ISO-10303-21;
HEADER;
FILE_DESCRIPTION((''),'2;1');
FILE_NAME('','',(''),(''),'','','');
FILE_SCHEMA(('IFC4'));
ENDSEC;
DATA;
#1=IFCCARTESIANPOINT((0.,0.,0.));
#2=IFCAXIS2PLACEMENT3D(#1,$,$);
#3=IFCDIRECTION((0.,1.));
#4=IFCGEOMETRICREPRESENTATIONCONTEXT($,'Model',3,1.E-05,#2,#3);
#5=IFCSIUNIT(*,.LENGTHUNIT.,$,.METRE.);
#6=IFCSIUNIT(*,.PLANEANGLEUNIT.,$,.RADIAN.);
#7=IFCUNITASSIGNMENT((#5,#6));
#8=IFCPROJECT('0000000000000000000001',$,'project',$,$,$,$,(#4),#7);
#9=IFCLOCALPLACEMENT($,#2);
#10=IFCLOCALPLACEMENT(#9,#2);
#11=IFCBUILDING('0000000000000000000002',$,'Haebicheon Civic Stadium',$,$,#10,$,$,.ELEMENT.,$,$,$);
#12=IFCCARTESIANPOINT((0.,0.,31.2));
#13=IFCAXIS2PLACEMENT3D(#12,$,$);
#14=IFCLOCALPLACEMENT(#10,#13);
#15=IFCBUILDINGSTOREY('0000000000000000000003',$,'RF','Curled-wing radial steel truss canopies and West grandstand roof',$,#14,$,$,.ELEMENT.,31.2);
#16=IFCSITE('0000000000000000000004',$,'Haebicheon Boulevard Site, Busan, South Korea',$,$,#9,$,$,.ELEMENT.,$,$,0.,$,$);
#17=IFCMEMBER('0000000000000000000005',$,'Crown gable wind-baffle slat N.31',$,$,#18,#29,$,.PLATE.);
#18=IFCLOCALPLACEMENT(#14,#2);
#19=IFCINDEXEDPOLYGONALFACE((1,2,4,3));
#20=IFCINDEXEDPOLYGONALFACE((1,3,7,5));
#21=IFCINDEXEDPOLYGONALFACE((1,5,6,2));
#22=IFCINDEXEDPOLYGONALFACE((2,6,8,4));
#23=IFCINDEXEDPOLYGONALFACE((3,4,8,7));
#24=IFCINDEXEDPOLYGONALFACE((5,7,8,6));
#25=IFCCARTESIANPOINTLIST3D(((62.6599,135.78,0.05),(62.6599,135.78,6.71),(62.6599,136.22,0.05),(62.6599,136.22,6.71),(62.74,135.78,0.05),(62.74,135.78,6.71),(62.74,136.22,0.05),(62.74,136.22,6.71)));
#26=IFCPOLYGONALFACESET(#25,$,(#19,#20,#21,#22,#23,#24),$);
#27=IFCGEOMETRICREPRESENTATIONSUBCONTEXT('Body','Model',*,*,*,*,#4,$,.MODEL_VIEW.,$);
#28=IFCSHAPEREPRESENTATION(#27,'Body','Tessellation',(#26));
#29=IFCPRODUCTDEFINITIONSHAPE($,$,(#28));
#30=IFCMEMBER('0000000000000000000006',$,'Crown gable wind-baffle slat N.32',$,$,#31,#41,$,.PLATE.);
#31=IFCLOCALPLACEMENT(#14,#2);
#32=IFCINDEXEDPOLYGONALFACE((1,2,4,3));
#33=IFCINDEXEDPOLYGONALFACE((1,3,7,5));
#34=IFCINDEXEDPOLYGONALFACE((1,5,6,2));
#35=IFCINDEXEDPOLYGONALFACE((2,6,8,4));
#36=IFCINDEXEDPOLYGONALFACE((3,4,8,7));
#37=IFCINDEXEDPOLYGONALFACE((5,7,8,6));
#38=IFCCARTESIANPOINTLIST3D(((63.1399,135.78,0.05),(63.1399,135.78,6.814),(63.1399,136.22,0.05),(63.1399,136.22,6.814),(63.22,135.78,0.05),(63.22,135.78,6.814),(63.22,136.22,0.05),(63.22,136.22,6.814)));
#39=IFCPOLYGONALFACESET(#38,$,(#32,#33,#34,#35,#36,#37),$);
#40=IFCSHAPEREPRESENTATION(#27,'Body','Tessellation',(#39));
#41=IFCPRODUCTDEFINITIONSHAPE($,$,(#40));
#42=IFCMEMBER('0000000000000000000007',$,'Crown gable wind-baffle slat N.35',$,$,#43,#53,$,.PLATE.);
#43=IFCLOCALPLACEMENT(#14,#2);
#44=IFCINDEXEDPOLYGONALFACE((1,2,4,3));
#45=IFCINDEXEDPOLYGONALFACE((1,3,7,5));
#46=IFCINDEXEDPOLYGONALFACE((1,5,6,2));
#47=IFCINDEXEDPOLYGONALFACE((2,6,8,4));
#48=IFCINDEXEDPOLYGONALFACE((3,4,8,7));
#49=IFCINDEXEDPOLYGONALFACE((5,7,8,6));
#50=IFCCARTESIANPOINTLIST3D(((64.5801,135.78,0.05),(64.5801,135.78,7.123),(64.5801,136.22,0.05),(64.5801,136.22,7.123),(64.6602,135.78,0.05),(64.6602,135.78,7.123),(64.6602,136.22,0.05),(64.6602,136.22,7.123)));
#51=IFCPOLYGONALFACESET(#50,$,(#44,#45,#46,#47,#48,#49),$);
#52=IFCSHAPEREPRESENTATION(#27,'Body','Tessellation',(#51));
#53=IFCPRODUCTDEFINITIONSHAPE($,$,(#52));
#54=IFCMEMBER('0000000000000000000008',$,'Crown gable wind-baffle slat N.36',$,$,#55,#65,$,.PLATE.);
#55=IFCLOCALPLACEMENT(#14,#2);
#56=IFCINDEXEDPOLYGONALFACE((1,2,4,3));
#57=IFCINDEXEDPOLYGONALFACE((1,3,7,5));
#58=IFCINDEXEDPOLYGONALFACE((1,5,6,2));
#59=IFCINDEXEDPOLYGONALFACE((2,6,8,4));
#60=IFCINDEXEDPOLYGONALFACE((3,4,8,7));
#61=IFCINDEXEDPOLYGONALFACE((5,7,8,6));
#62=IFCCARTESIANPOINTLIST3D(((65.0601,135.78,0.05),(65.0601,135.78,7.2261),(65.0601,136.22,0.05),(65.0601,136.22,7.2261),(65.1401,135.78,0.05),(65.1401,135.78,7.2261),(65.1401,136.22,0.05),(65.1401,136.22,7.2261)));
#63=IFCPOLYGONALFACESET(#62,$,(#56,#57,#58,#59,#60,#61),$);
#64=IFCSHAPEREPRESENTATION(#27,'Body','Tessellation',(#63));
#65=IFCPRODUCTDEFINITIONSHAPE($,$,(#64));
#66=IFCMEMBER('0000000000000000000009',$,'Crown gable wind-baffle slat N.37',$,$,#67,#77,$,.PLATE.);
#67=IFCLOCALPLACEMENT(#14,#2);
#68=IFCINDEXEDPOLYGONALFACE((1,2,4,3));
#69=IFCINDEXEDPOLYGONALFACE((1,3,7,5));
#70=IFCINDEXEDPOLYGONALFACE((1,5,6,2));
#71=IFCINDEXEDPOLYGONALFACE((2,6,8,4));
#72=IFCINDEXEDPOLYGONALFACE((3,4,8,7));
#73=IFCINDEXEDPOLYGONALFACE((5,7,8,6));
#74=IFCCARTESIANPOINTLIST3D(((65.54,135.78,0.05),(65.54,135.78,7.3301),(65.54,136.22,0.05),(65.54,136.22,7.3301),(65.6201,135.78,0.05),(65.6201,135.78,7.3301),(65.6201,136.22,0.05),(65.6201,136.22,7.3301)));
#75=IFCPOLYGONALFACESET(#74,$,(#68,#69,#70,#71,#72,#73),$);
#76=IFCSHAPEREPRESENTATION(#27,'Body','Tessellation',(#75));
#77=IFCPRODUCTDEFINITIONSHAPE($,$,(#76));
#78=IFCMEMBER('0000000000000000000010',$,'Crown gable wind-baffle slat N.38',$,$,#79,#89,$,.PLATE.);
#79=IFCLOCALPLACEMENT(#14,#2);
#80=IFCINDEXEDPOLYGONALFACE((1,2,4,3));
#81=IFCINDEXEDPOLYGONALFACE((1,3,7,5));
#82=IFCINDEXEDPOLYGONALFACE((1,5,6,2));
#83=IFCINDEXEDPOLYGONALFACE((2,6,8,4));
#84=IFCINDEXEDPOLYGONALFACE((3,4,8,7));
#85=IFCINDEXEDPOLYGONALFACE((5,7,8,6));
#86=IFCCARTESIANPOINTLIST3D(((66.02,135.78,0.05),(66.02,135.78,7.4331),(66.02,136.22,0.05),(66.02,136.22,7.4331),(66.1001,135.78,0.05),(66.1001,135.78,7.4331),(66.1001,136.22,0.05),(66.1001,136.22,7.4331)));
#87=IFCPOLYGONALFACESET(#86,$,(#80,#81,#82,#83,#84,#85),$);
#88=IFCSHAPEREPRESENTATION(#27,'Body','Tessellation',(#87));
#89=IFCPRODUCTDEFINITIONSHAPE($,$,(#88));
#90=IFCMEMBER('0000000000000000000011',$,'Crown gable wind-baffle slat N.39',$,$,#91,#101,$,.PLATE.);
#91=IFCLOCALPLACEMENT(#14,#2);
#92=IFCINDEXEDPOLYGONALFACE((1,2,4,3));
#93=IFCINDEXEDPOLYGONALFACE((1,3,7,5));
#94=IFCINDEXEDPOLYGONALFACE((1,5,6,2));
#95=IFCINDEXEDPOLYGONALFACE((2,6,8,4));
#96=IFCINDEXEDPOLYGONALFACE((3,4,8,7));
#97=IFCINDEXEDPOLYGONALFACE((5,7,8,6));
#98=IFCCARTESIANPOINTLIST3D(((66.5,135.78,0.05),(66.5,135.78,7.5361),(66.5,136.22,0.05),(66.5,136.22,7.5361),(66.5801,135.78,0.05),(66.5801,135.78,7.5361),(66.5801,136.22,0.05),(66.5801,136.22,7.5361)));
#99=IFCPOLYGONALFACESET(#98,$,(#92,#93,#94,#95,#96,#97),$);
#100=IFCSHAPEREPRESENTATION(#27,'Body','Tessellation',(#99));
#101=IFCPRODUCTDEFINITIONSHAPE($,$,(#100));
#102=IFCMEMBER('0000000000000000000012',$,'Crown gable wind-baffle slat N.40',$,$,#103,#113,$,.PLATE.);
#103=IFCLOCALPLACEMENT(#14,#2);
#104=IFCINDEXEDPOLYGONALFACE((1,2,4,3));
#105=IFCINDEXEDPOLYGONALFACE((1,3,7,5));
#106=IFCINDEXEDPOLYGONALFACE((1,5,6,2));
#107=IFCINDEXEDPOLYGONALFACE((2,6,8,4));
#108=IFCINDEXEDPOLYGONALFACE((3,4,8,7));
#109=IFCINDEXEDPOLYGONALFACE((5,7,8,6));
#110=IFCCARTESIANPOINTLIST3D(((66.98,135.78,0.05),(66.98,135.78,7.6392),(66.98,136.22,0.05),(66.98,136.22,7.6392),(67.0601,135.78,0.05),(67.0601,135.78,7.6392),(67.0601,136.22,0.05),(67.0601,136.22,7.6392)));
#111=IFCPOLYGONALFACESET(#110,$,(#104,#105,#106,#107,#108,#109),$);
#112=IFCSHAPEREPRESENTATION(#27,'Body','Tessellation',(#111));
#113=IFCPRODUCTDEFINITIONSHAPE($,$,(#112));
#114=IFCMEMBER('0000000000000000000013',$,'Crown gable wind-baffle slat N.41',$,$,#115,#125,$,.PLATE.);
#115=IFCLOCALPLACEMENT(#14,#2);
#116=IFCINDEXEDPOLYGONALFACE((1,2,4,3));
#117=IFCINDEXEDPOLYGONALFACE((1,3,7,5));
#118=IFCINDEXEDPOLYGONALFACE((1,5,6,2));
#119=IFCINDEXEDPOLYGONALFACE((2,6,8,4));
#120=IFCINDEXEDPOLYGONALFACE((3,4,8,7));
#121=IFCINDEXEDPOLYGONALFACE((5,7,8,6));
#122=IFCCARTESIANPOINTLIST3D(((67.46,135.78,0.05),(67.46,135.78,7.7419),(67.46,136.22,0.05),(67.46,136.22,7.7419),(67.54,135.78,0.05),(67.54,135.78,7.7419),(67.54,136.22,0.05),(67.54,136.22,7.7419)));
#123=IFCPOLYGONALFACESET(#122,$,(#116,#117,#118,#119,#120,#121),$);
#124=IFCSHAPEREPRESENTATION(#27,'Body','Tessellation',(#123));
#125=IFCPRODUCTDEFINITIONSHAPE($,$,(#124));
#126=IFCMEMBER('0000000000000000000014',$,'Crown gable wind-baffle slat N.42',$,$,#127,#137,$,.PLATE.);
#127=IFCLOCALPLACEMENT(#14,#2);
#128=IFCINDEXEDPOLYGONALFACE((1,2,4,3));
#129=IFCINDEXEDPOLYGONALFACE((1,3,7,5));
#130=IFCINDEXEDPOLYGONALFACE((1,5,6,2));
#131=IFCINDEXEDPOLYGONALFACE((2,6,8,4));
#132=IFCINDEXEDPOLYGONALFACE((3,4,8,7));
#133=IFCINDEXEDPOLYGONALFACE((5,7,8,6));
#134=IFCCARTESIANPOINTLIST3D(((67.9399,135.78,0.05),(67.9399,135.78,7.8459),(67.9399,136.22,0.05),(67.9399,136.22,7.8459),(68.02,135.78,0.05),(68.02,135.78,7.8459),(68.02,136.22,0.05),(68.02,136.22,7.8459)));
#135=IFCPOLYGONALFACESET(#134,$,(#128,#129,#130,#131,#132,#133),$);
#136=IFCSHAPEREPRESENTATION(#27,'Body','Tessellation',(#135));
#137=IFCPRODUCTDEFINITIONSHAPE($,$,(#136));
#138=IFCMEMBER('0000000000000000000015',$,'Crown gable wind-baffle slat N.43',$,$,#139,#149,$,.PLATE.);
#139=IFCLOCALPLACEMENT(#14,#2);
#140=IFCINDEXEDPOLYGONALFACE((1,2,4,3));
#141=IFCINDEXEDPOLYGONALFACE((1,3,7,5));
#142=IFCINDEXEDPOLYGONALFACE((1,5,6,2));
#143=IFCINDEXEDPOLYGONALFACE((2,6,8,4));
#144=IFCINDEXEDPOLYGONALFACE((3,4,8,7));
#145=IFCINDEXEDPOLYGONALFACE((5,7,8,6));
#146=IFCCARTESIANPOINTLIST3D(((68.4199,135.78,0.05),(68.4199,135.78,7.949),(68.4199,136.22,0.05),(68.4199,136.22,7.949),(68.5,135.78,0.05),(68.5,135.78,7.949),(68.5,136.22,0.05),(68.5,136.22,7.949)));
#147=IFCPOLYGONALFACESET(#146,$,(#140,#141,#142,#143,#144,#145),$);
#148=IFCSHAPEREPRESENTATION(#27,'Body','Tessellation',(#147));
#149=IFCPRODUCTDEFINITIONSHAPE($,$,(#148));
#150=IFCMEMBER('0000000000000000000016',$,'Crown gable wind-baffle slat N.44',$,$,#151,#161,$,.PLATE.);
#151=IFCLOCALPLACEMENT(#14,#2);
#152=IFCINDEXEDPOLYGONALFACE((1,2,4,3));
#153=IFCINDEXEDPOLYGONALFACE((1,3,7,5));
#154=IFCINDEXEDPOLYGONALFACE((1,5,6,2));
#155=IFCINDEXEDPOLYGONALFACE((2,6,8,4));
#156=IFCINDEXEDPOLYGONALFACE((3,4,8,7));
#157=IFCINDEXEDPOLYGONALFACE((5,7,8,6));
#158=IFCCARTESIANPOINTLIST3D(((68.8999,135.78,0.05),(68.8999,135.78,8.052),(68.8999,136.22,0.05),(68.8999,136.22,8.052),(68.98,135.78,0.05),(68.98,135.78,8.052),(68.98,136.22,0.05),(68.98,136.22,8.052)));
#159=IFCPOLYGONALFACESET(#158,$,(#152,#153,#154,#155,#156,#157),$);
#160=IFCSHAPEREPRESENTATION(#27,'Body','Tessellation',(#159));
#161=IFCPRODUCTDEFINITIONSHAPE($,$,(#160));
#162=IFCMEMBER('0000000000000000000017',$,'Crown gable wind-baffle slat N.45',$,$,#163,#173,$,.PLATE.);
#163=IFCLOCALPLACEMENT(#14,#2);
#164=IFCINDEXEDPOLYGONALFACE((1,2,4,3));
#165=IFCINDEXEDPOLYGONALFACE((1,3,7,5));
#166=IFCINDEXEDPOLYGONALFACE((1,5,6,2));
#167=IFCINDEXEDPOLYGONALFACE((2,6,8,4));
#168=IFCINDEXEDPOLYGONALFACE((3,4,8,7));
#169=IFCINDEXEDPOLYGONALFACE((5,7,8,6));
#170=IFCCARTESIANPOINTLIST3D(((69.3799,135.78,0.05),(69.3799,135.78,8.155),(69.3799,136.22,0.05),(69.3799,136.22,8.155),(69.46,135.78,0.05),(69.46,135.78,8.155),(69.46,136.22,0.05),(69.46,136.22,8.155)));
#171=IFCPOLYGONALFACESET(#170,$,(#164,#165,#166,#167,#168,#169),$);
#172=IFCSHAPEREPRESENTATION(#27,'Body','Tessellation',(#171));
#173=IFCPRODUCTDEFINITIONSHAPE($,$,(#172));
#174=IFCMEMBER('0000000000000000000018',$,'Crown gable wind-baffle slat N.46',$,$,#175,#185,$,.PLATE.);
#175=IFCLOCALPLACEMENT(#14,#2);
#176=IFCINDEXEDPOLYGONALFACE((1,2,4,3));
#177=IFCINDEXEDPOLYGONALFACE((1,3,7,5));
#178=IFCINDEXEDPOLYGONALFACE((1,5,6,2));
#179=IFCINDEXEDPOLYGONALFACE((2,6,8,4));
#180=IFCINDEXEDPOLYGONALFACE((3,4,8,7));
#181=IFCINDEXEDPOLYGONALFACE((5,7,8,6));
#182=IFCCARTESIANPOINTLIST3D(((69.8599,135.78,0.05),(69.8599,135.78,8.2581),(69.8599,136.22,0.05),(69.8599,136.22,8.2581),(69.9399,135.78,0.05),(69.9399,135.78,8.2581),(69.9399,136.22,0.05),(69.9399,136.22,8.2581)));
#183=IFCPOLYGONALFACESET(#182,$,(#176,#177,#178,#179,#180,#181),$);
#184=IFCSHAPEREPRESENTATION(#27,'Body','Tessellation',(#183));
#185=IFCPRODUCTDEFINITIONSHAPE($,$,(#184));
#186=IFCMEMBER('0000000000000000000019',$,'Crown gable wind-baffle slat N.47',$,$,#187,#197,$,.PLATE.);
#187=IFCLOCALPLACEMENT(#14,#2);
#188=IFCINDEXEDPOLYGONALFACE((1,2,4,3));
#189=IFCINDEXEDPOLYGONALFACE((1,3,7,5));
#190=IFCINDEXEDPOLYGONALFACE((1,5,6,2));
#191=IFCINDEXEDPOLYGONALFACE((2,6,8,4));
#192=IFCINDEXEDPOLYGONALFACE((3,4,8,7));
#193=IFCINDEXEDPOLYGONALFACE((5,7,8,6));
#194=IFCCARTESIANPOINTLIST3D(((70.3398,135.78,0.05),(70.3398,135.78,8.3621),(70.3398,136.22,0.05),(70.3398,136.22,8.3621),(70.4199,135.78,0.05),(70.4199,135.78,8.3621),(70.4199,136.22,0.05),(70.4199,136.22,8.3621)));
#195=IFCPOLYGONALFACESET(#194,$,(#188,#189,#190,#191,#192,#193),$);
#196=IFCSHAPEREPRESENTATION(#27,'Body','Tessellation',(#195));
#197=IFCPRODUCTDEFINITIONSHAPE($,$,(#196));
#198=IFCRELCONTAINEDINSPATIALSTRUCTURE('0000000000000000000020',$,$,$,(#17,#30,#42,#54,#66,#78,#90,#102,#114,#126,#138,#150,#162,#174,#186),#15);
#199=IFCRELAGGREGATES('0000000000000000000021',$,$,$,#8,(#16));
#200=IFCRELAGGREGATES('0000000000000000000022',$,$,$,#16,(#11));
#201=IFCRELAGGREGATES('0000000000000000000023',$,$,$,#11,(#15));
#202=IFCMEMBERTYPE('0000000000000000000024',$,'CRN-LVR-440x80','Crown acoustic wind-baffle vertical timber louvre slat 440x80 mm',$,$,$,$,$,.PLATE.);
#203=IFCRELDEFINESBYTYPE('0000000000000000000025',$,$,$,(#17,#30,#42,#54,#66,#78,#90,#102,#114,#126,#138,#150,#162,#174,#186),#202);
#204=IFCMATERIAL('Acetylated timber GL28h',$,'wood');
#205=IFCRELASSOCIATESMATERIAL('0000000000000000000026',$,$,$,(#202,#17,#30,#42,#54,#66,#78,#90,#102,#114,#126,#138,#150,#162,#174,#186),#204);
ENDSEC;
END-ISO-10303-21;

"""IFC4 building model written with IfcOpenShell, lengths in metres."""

from ifc_helpers import new_model, si_unit, direction, frame, origin, origin_2d, place, context, subcontext, project, spatial, rectangle, extrude, material, material_profile, profile_set, type_object, element, save


model = new_model("IFC4")

# Units and contexts
model_context = context("Model", 3, precision=1e-05, world=origin(), true_north=direction((0.0, 1.0)))
body_context = subcontext(model_context, "Body", "Model", "MODEL_VIEW")
ifc_project = project(units=[si_unit("LENGTHUNIT", "METRE"), si_unit("PLANEANGLEUNIT", "RADIAN")], contexts=[model_context])

# Site, building, storey
site_placement = place(None, origin())
site = spatial("IfcSite", under=ifc_project, at=site_placement, Name="Haebicheon Boulevard Site, Busan, South Korea", CompositionType="ELEMENT", RefElevation=0.0)
building_placement = place(site_placement, origin())
building = spatial("IfcBuilding", under=site, at=building_placement, Name="Haebicheon Civic Stadium", CompositionType="ELEMENT")
storey_placement = place(building_placement, frame((0.0, 0.0, 31.2)))
storey = spatial("IfcBuildingStorey", under=building, at=storey_placement, Name="RF", Description="Curled-wing radial steel truss canopies and West grandstand roof", CompositionType="ELEMENT", Elevation=31.2)

# Members
ifc_material_1 = material(Name="Acetylated timber GL28h", Category="wood")
ifc_material_profile_1 = material_profile(ifc_material_1, rectangle(XDim=0.0801, YDim=0.4399, at=origin_2d()), Name="TMB-LOUV-80x440")
ifc_profile_set_1 = profile_set([ifc_material_profile_1], Name="Acetylated timber GL28h")
member_type_1 = type_object("IfcMemberType", Name="CRN-LVR-440x80", Description="Crown acoustic wind-baffle vertical timber louvre slat 440x80 mm", PredefinedType="PLATE", material=ifc_profile_set_1)
member_1_placement = place(storey_placement, frame((62.7, 136.0, 0.05), z_axis=(0.0, 0.0, 1.0), x_axis=(1.0, 0.0, 0.0)))
element("IfcMember", 1, at=member_1_placement, inside=storey, type_object=member_type_1, material=ifc_profile_set_1, Name="Crown gable wind-baffle slat N.31", PredefinedType="PLATE", context=body_context, shape_type="SweptSolid", body=[
    extrude(rectangle(XDim=0.0801, YDim=0.4399, at=origin_2d()), origin(), (0.0, 0.0, 1.0), 6.6599),
])
member_2_placement = place(storey_placement, frame((63.1799, 136.0, 0.05), z_axis=(0.0, 0.0, 1.0), x_axis=(1.0, 0.0, 0.0)))
element("IfcMember", 2, at=member_2_placement, inside=storey, type_object=member_type_1, material=ifc_profile_set_1, Name="Crown gable wind-baffle slat N.32", PredefinedType="PLATE", context=body_context, shape_type="SweptSolid", body=[
    extrude(rectangle(XDim=0.0801, YDim=0.4399, at=origin_2d()), origin(), (0.0, 0.0, 1.0), 6.7639),
])
member_3_placement = place(storey_placement, frame((64.6201, 136.0, 0.05), z_axis=(0.0, 0.0, 1.0), x_axis=(1.0, 0.0, 0.0)))
element("IfcMember", 3, at=member_3_placement, inside=storey, type_object=member_type_1, material=ifc_profile_set_1, Name="Crown gable wind-baffle slat N.35", PredefinedType="PLATE", context=body_context, shape_type="SweptSolid", body=[
    extrude(rectangle(XDim=0.0801, YDim=0.4399, at=origin_2d()), origin(), (0.0, 0.0, 1.0), 7.073),
])
member_4_placement = place(storey_placement, frame((65.1001, 136.0, 0.05), z_axis=(0.0, 0.0, 1.0), x_axis=(1.0, 0.0, 0.0)))
element("IfcMember", 4, at=member_4_placement, inside=storey, type_object=member_type_1, material=ifc_profile_set_1, Name="Crown gable wind-baffle slat N.36", PredefinedType="PLATE", context=body_context, shape_type="SweptSolid", body=[
    extrude(rectangle(XDim=0.0801, YDim=0.4399, at=origin_2d()), origin(), (0.0, 0.0, 1.0), 7.176),
])
member_5_placement = place(storey_placement, frame((65.5801, 136.0, 0.05), z_axis=(0.0, 0.0, 1.0), x_axis=(1.0, 0.0, 0.0)))
element("IfcMember", 5, at=member_5_placement, inside=storey, type_object=member_type_1, material=ifc_profile_set_1, Name="Crown gable wind-baffle slat N.37", PredefinedType="PLATE", context=body_context, shape_type="SweptSolid", body=[
    extrude(rectangle(XDim=0.0801, YDim=0.4399, at=origin_2d()), origin(), (0.0, 0.0, 1.0), 7.28),
])
member_6_placement = place(storey_placement, frame((66.0601, 136.0, 0.05), z_axis=(0.0, 0.0, 1.0), x_axis=(1.0, 0.0, 0.0)))
element("IfcMember", 6, at=member_6_placement, inside=storey, type_object=member_type_1, material=ifc_profile_set_1, Name="Crown gable wind-baffle slat N.38", PredefinedType="PLATE", context=body_context, shape_type="SweptSolid", body=[
    extrude(rectangle(XDim=0.0801, YDim=0.4399, at=origin_2d()), origin(), (0.0, 0.0, 1.0), 7.3831),
])
member_7_placement = place(storey_placement, frame((66.54, 136.0, 0.05), z_axis=(0.0, 0.0, 1.0), x_axis=(1.0, 0.0, 0.0)))
element("IfcMember", 7, at=member_7_placement, inside=storey, type_object=member_type_1, material=ifc_profile_set_1, Name="Crown gable wind-baffle slat N.39", PredefinedType="PLATE", context=body_context, shape_type="SweptSolid", body=[
    extrude(rectangle(XDim=0.0801, YDim=0.4399, at=origin_2d()), origin(), (0.0, 0.0, 1.0), 7.4861),
])
member_8_placement = place(storey_placement, frame((67.02, 136.0, 0.05), z_axis=(0.0, 0.0, 1.0), x_axis=(1.0, 0.0, 0.0)))
element("IfcMember", 8, at=member_8_placement, inside=storey, type_object=member_type_1, material=ifc_profile_set_1, Name="Crown gable wind-baffle slat N.40", PredefinedType="PLATE", context=body_context, shape_type="SweptSolid", body=[
    extrude(rectangle(XDim=0.0801, YDim=0.4399, at=origin_2d()), origin(), (0.0, 0.0, 1.0), 7.5891),
])
member_9_placement = place(storey_placement, frame((67.5, 136.0, 0.05), z_axis=(0.0, 0.0, 1.0), x_axis=(1.0, 0.0, 0.0)))
element("IfcMember", 9, at=member_9_placement, inside=storey, type_object=member_type_1, material=ifc_profile_set_1, Name="Crown gable wind-baffle slat N.41", PredefinedType="PLATE", context=body_context, shape_type="SweptSolid", body=[
    extrude(rectangle(XDim=0.0801, YDim=0.4399, at=origin_2d()), origin(), (0.0, 0.0, 1.0), 7.6919),
])
member_10_placement = place(storey_placement, frame((67.98, 136.0, 0.05), z_axis=(0.0, 0.0, 1.0), x_axis=(1.0, 0.0, 0.0)))
element("IfcMember", 10, at=member_10_placement, inside=storey, type_object=member_type_1, material=ifc_profile_set_1, Name="Crown gable wind-baffle slat N.42", PredefinedType="PLATE", context=body_context, shape_type="SweptSolid", body=[
    extrude(rectangle(XDim=0.0801, YDim=0.4399, at=origin_2d()), origin(), (0.0, 0.0, 1.0), 7.7959),
])
member_11_placement = place(storey_placement, frame((68.46, 136.0, 0.05), z_axis=(0.0, 0.0, 1.0), x_axis=(1.0, 0.0, 0.0)))
element("IfcMember", 11, at=member_11_placement, inside=storey, type_object=member_type_1, material=ifc_profile_set_1, Name="Crown gable wind-baffle slat N.43", PredefinedType="PLATE", context=body_context, shape_type="SweptSolid", body=[
    extrude(rectangle(XDim=0.0801, YDim=0.4399, at=origin_2d()), origin(), (0.0, 0.0, 1.0), 7.8989),
])
member_12_placement = place(storey_placement, frame((68.9399, 136.0, 0.05), z_axis=(0.0, 0.0, 1.0), x_axis=(1.0, 0.0, 0.0)))
element("IfcMember", 12, at=member_12_placement, inside=storey, type_object=member_type_1, material=ifc_profile_set_1, Name="Crown gable wind-baffle slat N.44", PredefinedType="PLATE", context=body_context, shape_type="SweptSolid", body=[
    extrude(rectangle(XDim=0.0801, YDim=0.4399, at=origin_2d()), origin(), (0.0, 0.0, 1.0), 8.002),
])
member_13_placement = place(storey_placement, frame((69.4199, 136.0, 0.05), z_axis=(0.0, 0.0, 1.0), x_axis=(1.0, 0.0, 0.0)))
element("IfcMember", 13, at=member_13_placement, inside=storey, type_object=member_type_1, material=ifc_profile_set_1, Name="Crown gable wind-baffle slat N.45", PredefinedType="PLATE", context=body_context, shape_type="SweptSolid", body=[
    extrude(rectangle(XDim=0.0801, YDim=0.4399, at=origin_2d()), origin(), (0.0, 0.0, 1.0), 8.105),
])
member_14_placement = place(storey_placement, frame((69.8999, 136.0, 0.05), z_axis=(0.0, 0.0, 1.0), x_axis=(1.0, 0.0, 0.0)))
element("IfcMember", 14, at=member_14_placement, inside=storey, type_object=member_type_1, material=ifc_profile_set_1, Name="Crown gable wind-baffle slat N.46", PredefinedType="PLATE", context=body_context, shape_type="SweptSolid", body=[
    extrude(rectangle(XDim=0.0801, YDim=0.4399, at=origin_2d()), origin(), (0.0, 0.0, 1.0), 8.208),
])
member_15_placement = place(storey_placement, frame((70.3799, 136.0, 0.05), z_axis=(0.0, 0.0, 1.0), x_axis=(1.0, 0.0, 0.0)))
element("IfcMember", 15, at=member_15_placement, inside=storey, type_object=member_type_1, material=ifc_profile_set_1, Name="Crown gable wind-baffle slat N.47", PredefinedType="PLATE", context=body_context, shape_type="SweptSolid", body=[
    extrude(rectangle(XDim=0.0801, YDim=0.4399, at=origin_2d()), origin(), (0.0, 0.0, 1.0), 8.312),
])

save(model, "model.ifc")
